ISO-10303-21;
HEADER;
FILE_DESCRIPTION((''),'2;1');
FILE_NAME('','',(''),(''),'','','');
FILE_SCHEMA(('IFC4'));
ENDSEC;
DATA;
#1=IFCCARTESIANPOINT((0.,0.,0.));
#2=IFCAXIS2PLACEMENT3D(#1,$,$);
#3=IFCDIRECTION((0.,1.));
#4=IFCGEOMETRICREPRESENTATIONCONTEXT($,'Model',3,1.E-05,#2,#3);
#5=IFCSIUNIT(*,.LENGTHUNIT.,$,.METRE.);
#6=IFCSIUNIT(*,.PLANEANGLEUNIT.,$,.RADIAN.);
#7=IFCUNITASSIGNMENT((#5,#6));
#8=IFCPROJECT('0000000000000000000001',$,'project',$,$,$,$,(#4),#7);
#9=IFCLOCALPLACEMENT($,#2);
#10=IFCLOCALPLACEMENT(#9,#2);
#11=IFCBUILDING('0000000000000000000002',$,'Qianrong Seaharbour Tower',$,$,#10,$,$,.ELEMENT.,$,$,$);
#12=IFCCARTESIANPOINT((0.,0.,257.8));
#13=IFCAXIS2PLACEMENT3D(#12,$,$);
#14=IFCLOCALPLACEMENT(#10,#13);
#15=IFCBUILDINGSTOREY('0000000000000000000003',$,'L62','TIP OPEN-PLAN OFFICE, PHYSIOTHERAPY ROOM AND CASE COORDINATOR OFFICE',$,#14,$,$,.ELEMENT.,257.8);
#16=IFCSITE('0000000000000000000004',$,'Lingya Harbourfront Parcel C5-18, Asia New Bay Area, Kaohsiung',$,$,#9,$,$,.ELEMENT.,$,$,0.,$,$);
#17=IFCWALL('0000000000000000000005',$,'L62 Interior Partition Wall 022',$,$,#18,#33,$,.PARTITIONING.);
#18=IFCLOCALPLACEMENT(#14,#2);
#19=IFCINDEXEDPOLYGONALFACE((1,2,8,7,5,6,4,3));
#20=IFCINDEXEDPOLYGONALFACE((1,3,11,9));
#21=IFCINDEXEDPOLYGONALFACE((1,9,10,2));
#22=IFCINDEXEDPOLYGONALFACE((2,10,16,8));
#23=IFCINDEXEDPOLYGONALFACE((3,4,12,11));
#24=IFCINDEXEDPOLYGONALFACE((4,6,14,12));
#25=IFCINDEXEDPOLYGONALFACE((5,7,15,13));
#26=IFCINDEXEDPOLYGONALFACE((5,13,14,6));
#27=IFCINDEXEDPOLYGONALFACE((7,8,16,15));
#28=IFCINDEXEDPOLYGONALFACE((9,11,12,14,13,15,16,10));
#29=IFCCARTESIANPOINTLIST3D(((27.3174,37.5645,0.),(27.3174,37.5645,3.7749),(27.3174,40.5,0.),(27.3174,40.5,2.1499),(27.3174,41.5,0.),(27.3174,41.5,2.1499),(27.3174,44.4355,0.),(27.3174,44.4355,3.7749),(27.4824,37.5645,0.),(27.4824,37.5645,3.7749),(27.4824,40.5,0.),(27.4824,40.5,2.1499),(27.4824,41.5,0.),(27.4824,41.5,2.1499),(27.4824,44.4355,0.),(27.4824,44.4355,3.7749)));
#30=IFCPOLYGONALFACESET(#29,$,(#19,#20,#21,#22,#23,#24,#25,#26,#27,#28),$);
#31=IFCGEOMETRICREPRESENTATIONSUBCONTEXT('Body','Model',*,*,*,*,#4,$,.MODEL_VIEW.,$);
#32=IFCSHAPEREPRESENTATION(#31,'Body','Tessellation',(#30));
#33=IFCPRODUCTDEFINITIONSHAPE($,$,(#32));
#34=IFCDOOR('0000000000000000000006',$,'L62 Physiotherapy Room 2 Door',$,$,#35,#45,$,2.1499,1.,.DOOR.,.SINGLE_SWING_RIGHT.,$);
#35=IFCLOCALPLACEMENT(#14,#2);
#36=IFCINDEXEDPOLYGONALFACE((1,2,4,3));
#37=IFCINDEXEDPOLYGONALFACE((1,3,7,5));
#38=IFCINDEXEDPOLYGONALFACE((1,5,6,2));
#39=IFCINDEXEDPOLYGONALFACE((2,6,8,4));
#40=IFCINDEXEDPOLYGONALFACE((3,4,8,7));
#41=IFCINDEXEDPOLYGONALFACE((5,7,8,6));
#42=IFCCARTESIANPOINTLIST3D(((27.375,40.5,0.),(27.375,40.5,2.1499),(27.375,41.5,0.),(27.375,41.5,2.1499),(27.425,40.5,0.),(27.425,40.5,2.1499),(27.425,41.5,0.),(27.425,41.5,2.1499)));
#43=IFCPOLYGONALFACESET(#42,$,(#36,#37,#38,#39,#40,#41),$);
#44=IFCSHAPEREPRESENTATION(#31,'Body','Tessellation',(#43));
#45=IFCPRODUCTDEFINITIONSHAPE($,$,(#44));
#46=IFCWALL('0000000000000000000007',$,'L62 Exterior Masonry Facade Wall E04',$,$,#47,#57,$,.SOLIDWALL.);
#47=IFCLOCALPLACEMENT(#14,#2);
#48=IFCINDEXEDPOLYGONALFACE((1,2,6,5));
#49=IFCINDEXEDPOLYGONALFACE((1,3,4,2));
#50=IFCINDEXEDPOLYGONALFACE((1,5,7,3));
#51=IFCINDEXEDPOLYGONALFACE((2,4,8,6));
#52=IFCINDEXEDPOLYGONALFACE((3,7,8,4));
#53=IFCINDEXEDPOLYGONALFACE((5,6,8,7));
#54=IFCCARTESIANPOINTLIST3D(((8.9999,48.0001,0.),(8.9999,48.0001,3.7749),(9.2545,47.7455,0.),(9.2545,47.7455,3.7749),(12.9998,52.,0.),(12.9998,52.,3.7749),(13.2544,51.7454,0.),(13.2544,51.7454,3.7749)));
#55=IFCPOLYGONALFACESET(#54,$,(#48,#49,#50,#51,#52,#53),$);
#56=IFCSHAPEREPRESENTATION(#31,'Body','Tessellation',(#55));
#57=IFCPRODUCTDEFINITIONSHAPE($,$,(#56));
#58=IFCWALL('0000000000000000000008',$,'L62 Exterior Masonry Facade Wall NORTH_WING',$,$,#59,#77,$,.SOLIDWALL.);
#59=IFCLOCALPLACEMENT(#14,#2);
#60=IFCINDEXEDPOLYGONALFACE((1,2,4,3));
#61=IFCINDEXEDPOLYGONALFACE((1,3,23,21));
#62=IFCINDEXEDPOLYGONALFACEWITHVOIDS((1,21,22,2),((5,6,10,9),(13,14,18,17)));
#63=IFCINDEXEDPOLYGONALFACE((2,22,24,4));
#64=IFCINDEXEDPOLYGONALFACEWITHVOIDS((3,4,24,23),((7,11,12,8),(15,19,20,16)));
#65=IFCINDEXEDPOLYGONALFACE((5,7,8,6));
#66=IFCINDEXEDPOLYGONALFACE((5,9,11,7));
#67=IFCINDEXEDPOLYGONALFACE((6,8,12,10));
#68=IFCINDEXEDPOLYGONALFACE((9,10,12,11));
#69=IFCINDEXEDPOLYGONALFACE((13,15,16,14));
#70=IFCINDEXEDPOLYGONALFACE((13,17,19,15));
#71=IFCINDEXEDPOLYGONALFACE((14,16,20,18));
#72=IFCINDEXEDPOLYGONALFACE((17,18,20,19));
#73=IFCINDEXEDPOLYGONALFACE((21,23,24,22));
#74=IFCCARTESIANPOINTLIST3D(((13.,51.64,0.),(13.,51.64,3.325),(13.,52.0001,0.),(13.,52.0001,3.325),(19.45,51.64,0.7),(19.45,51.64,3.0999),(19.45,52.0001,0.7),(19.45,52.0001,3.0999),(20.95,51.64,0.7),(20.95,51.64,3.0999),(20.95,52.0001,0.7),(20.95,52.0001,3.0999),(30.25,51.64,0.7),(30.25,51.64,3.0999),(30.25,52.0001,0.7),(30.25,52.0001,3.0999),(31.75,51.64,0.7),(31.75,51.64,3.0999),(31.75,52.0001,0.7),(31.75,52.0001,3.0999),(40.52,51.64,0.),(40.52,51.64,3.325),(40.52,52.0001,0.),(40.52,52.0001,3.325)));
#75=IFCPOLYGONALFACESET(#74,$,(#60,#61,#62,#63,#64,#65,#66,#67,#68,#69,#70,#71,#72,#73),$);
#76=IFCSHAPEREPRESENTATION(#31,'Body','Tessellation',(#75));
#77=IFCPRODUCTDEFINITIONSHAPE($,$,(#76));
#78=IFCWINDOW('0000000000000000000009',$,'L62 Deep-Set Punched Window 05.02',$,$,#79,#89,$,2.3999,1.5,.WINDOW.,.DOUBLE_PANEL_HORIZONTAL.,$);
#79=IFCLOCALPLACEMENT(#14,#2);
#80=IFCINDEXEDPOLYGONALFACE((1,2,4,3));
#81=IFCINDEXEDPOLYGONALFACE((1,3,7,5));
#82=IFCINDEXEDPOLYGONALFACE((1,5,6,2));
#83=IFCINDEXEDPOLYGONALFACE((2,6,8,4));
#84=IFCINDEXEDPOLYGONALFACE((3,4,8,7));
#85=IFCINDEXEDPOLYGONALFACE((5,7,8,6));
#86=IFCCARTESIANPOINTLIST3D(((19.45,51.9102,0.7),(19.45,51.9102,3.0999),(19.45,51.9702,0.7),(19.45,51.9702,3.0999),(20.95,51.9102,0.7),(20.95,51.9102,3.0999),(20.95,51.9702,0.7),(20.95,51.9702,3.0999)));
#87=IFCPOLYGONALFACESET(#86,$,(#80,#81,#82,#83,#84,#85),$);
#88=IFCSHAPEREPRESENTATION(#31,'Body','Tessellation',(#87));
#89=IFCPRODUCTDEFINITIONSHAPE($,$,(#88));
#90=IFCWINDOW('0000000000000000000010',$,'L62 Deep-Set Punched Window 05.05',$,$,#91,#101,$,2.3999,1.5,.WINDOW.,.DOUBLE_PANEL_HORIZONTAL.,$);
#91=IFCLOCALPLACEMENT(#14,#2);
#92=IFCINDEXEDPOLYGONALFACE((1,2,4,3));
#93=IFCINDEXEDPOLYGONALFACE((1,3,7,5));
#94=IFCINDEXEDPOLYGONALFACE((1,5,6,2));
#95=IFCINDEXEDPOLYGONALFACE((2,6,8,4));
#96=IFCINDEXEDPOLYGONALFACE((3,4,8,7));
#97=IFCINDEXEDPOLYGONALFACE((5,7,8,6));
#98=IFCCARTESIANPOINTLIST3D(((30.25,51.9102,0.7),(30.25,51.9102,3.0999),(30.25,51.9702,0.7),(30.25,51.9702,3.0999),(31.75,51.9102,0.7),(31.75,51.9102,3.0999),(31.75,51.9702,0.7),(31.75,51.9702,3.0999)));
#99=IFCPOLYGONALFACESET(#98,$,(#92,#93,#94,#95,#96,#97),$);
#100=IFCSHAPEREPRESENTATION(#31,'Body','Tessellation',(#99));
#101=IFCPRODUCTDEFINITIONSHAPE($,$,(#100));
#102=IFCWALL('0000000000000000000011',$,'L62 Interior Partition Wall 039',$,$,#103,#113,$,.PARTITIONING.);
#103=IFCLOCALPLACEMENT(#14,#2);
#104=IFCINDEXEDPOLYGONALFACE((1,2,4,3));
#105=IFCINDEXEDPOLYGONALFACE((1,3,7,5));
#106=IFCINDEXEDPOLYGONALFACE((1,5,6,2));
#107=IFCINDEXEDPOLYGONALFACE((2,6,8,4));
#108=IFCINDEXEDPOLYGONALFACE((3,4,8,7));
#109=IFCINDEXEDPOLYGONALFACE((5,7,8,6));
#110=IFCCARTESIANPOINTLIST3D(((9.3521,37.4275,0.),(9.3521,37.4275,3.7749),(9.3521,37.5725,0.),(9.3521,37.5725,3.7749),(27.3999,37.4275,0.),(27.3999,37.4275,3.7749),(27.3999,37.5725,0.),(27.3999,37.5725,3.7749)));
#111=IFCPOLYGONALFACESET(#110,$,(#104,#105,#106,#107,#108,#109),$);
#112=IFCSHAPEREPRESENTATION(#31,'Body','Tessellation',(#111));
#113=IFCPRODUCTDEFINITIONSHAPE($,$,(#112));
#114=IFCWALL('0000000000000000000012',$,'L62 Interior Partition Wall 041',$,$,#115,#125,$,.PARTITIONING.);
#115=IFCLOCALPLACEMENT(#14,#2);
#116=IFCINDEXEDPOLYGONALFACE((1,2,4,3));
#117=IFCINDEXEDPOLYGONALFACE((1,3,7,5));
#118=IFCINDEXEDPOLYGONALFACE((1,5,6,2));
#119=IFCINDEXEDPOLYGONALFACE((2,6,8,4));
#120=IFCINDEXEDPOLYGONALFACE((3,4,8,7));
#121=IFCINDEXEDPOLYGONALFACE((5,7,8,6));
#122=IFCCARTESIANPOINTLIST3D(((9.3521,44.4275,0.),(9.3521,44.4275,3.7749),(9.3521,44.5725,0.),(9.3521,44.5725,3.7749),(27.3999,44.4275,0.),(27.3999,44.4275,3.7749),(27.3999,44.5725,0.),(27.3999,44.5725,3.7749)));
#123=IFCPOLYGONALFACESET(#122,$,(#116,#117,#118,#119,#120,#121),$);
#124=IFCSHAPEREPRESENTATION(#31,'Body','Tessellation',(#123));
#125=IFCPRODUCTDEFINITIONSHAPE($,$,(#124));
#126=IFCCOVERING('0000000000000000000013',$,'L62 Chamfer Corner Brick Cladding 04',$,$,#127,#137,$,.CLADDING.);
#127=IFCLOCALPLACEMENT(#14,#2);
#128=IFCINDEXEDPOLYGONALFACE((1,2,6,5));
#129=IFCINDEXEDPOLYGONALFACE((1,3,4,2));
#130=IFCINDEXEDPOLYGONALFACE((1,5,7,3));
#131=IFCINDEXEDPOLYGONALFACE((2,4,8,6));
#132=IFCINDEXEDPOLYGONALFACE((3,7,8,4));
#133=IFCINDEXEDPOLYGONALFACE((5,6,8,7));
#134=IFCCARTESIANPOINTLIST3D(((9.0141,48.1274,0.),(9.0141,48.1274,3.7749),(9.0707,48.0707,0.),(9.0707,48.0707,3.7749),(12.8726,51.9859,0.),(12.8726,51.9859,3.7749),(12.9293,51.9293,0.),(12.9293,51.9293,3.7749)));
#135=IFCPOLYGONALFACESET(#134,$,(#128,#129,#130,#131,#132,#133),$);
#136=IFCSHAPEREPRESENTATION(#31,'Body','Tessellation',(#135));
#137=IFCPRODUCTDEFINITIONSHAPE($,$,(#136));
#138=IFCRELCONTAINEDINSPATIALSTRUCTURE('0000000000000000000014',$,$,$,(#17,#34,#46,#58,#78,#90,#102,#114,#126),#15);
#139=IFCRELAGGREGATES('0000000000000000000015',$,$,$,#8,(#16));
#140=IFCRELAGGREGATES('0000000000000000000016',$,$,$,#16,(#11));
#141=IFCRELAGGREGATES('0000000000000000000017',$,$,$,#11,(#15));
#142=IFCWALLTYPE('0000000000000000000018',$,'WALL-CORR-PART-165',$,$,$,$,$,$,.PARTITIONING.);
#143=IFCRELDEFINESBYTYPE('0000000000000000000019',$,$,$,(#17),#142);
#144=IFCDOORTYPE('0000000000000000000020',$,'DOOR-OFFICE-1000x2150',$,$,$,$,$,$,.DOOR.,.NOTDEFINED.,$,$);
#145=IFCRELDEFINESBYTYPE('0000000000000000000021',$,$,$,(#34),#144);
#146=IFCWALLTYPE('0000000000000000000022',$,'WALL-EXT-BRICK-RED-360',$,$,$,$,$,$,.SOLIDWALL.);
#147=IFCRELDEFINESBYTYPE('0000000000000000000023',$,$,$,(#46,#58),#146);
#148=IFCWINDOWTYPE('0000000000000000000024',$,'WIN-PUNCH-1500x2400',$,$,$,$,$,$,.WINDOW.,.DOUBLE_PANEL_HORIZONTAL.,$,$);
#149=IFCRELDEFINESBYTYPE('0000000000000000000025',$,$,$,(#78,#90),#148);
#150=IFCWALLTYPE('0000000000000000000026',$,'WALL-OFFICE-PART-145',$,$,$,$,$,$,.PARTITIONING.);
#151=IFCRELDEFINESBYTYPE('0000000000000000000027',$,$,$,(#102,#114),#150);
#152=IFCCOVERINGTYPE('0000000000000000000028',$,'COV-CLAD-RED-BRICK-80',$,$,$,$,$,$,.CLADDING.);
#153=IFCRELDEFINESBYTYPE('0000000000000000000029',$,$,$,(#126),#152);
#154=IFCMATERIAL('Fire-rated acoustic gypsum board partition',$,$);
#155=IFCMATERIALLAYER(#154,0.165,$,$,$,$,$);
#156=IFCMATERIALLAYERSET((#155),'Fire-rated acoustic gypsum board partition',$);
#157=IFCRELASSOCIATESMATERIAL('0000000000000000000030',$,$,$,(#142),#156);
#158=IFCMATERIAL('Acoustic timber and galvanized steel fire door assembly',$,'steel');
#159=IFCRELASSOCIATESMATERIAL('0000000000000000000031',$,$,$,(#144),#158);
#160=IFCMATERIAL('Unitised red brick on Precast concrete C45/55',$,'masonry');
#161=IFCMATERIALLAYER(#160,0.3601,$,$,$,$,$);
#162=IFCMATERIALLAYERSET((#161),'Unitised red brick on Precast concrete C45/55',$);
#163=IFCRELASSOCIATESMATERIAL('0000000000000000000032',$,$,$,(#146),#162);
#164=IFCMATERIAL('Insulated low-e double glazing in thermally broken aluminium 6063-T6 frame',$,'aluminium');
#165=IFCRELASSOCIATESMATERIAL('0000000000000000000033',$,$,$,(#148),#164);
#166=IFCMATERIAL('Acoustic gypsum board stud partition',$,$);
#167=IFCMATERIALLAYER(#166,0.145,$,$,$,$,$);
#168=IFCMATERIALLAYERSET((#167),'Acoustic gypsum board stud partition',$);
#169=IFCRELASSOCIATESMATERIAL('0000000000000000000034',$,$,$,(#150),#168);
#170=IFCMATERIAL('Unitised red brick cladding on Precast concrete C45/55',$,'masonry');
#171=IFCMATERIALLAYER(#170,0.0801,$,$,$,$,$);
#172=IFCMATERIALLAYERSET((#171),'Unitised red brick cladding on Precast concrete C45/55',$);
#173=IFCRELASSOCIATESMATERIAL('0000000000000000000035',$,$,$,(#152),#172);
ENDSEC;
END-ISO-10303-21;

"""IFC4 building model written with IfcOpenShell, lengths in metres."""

from ifc_helpers import new_model, si_unit, direction, frame, frame_2d, origin, origin_2d, place, context, subcontext, project, spatial, rectangle, extrude, material, layer, layer_set, type_object, element, fill, save


model = new_model("IFC4")

# Units and contexts
model_context = context("Model", 3, precision=1e-05, world=origin(), true_north=direction((0.0, 1.0)))
body_context = subcontext(model_context, "Body", "Model", "MODEL_VIEW")
ifc_project = project(units=[si_unit("LENGTHUNIT", "METRE"), si_unit("PLANEANGLEUNIT", "RADIAN")], contexts=[model_context])

# Site, building, storey
site_placement = place(None, origin())
site = spatial("IfcSite", under=ifc_project, at=site_placement, Name="Lingya Harbourfront Parcel C5-18, Asia New Bay Area, Kaohsiung", CompositionType="ELEMENT", RefElevation=0.0)
building_placement = place(site_placement, origin())
building = spatial("IfcBuilding", under=site, at=building_placement, Name="Qianrong Seaharbour Tower", CompositionType="ELEMENT")
storey_placement = place(building_placement, frame((0.0, 0.0, 257.8)))
storey = spatial("IfcBuildingStorey", under=building, at=storey_placement, Name="L62", Description="TIP OPEN-PLAN OFFICE, PHYSIOTHERAPY ROOM AND CASE COORDINATOR OFFICE", CompositionType="ELEMENT", Elevation=257.8)

# Wall, opening, door
ifc_material_1 = material(Name="Fire-rated acoustic gypsum board partition")
ifc_layer_1 = layer(ifc_material_1, 0.165)
ifc_layer_set_1 = layer_set([ifc_layer_1], Name="Fire-rated acoustic gypsum board partition")
wall_type_1 = type_object("IfcWallType", Name="WALL-CORR-PART-165", PredefinedType="PARTITIONING", material=ifc_layer_set_1)
wall_1_placement = place(storey_placement, frame((27.3999, 37.5645, 0.0), z_axis=(0.0, 0.0, 1.0), x_axis=(0.0, 1.0, 0.0)))
wall_1 = element("IfcWall", 1, at=wall_1_placement, inside=storey, type_object=wall_type_1, Name="L62 Interior Partition Wall 022", PredefinedType="PARTITIONING", context=body_context, shape_type="SweptSolid", body=[
    extrude(rectangle(XDim=6.8711, YDim=0.165, at=frame_2d((3.4355, 0.0))), origin(), (0.0, 0.0, 1.0), 3.7749),
])
opening_1_placement = place(wall_1_placement, frame((2.9355, 0.0, 0.0)))
opening_1 = element("IfcOpeningElement", 2, at=opening_1_placement, cuts=wall_1, PredefinedType="OPENING", context=body_context, shape_type="SweptSolid", body=[
    extrude(rectangle(XDim=1.0, YDim=2.1499, at=frame_2d((0.5, 1.075))), frame((0.0, 0.0925, 0.0), z_axis=(0.0, -1.0, 0.0), x_axis=(1.0, 0.0, 0.0)), (0.0, 0.0, 1.0), 0.1851),
])
ifc_material_2 = material(Name="Acoustic timber and galvanized steel fire door assembly", Category="steel")
door_type = type_object("IfcDoorType", Name="DOOR-OFFICE-1000x2150", OperationType="NOTDEFINED", PredefinedType="DOOR", material=ifc_material_2)
door_placement = place(opening_1_placement, origin())
door = element("IfcDoor", 3, at=door_placement, inside=storey, type_object=door_type, Name="L62 Physiotherapy Room 2 Door", OperationType="SINGLE_SWING_RIGHT", OverallHeight=2.1499, OverallWidth=1.0, PredefinedType="DOOR", context=body_context, shape_type="SweptSolid", body=[
    extrude(rectangle(XDim=1.0, YDim=2.1499, at=frame_2d((0.5, 1.075))), frame((0.0, 0.0249, 0.0), z_axis=(0.0, -1.0, 0.0), x_axis=(1.0, 0.0, 0.0)), (0.0, 0.0, 1.0), 0.05),
])
fill(opening_1, door)

# Wall
ifc_material_3 = material(Name="Unitised red brick on Precast concrete C45/55", Category="masonry")
ifc_layer_2 = layer(ifc_material_3, 0.3601)
ifc_layer_set_2 = layer_set([ifc_layer_2], Name="Unitised red brick on Precast concrete C45/55")
wall_type_2 = type_object("IfcWallType", Name="WALL-EXT-BRICK-RED-360", PredefinedType="SOLIDWALL", material=ifc_layer_set_2)
wall_2_placement = place(storey_placement, frame((9.1272, 47.8728, 0.0), z_axis=(0.0, 0.0, 1.0), x_axis=(0.707107, 0.707107, 0.0)))
element("IfcWall", 4, at=wall_2_placement, inside=storey, type_object=wall_type_2, Name="L62 Exterior Masonry Facade Wall E04", PredefinedType="SOLIDWALL", context=body_context, shape_type="SweptSolid", body=[
    extrude(rectangle(XDim=5.6567, YDim=0.3601, at=frame_2d((2.8284, 0.0))), origin(), (0.0, 0.0, 1.0), 3.7749),
])

# Wall, openings, windows
wall_3_placement = place(storey_placement, frame((13.0, 51.8201, 0.0), z_axis=(0.0, 0.0, 1.0), x_axis=(1.0, 0.0, 0.0)))
wall_3 = element("IfcWall", 5, at=wall_3_placement, inside=storey, type_object=wall_type_2, Name="L62 Exterior Masonry Facade Wall NORTH_WING", PredefinedType="SOLIDWALL", context=body_context, shape_type="SweptSolid", body=[
    extrude(rectangle(XDim=27.52, YDim=0.3601, at=frame_2d((13.76, 0.0))), origin(), (0.0, 0.0, 1.0), 3.325),
])
opening_2_placement = place(wall_3_placement, frame((6.45, 0.0, 0.7)))
opening_2 = element("IfcOpeningElement", 6, at=opening_2_placement, cuts=wall_3, PredefinedType="OPENING", context=body_context, shape_type="SweptSolid", body=[
    extrude(rectangle(XDim=1.5, YDim=2.3999, at=frame_2d((0.75, 1.2))), frame((0.0, 0.1899, 0.0), z_axis=(0.0, -1.0, 0.0), x_axis=(1.0, 0.0, 0.0)), (0.0, 0.0, 1.0), 0.3801),
])
opening_3_placement = place(wall_3_placement, frame((17.25, 0.0, 0.7)))
opening_3 = element("IfcOpeningElement", 7, at=opening_3_placement, cuts=wall_3, PredefinedType="OPENING", context=body_context, shape_type="SweptSolid", body=[
    extrude(rectangle(XDim=1.5, YDim=2.3999, at=frame_2d((0.75, 1.2))), frame((0.0, 0.1899, 0.0), z_axis=(0.0, -1.0, 0.0), x_axis=(1.0, 0.0, 0.0)), (0.0, 0.0, 1.0), 0.3801),
])
ifc_material_4 = material(Name="Insulated low-e double glazing in thermally broken aluminium 6063-T6 frame", Category="aluminium")
window_type = type_object("IfcWindowType", Name="WIN-PUNCH-1500x2400", PartitioningType="DOUBLE_PANEL_HORIZONTAL", PredefinedType="WINDOW", material=ifc_material_4)
window_1_placement = place(opening_2_placement, origin())
window_1 = element("IfcWindow", 8, at=window_1_placement, inside=storey, type_object=window_type, Name="L62 Deep-Set Punched Window 05.02", OverallHeight=2.3999, OverallWidth=1.5, PartitioningType="DOUBLE_PANEL_HORIZONTAL", PredefinedType="WINDOW", context=body_context, shape_type="SweptSolid", body=[
    extrude(rectangle(XDim=1.5, YDim=2.3999, at=frame_2d((0.75, 1.2))), frame((0.0, 0.1501, 0.0), z_axis=(0.0, -1.0, 0.0), x_axis=(1.0, 0.0, 0.0)), (0.0, 0.0, 1.0), 0.0601),
])
fill(opening_2, window_1)
window_2_placement = place(opening_3_placement, origin())
window_2 = element("IfcWindow", 9, at=window_2_placement, inside=storey, type_object=window_type, Name="L62 Deep-Set Punched Window 05.05", OverallHeight=2.3999, OverallWidth=1.5, PartitioningType="DOUBLE_PANEL_HORIZONTAL", PredefinedType="WINDOW", context=body_context, shape_type="SweptSolid", body=[
    extrude(rectangle(XDim=1.5, YDim=2.3999, at=frame_2d((0.75, 1.2))), frame((0.0, 0.1501, 0.0), z_axis=(0.0, -1.0, 0.0), x_axis=(1.0, 0.0, 0.0)), (0.0, 0.0, 1.0), 0.0601),
])
fill(opening_3, window_2)

# Walls
ifc_material_5 = material(Name="Acoustic gypsum board stud partition")
ifc_layer_3 = layer(ifc_material_5, 0.145)
ifc_layer_set_3 = layer_set([ifc_layer_3], Name="Acoustic gypsum board stud partition")
wall_type_3 = type_object("IfcWallType", Name="WALL-OFFICE-PART-145", PredefinedType="PARTITIONING", material=ifc_layer_set_3)
for number, where, z_axis, x_axis, name in (
    (10, (9.3521, 37.5, 0.0), (0.0, 0.0, 1.0), (1.0, 0.0, 0.0), "L62 Interior Partition Wall 039"),
    (11, (9.3521, 44.5, 0.0), (0.0, 0.0, 1.0), (1.0, 0.0, 0.0), "L62 Interior Partition Wall 041"),
):
    element("IfcWall", number, at=place(storey_placement, frame(where, z_axis=z_axis, x_axis=x_axis)), inside=storey, type_object=wall_type_3, Name=name, PredefinedType="PARTITIONING", context=body_context, shape_type="SweptSolid", body=[
        extrude(rectangle(XDim=18.0479, YDim=0.145, at=frame_2d((9.0239, 0.0))), origin(), (0.0, 0.0, 1.0), 3.7749),
    ])

# Covering
ifc_material_6 = material(Name="Unitised red brick cladding on Precast concrete C45/55", Category="masonry")
ifc_layer_4 = layer(ifc_material_6, 0.0801)
ifc_layer_set_4 = layer_set([ifc_layer_4], Name="Unitised red brick cladding on Precast concrete C45/55")
covering_type = type_object("IfcCoveringType", Name="COV-CLAD-RED-BRICK-80", PredefinedType="CLADDING", material=ifc_layer_set_4)
covering_placement = place(storey_placement, frame((10.9717, 50.0283, 0.0), z_axis=(0.0, 0.0, 1.0), x_axis=(0.707107, 0.707107, 0.0)))
element("IfcCovering", 12, at=covering_placement, inside=storey, type_object=covering_type, Name="L62 Chamfer Corner Brick Cladding 04", PredefinedType="CLADDING", context=body_context, shape_type="SweptSolid", body=[
    extrude(rectangle(XDim=5.4568, YDim=0.0801, at=origin_2d()), origin(), (0.0, 0.0, 1.0), 3.7749),
])

save(model, "model.ifc")
